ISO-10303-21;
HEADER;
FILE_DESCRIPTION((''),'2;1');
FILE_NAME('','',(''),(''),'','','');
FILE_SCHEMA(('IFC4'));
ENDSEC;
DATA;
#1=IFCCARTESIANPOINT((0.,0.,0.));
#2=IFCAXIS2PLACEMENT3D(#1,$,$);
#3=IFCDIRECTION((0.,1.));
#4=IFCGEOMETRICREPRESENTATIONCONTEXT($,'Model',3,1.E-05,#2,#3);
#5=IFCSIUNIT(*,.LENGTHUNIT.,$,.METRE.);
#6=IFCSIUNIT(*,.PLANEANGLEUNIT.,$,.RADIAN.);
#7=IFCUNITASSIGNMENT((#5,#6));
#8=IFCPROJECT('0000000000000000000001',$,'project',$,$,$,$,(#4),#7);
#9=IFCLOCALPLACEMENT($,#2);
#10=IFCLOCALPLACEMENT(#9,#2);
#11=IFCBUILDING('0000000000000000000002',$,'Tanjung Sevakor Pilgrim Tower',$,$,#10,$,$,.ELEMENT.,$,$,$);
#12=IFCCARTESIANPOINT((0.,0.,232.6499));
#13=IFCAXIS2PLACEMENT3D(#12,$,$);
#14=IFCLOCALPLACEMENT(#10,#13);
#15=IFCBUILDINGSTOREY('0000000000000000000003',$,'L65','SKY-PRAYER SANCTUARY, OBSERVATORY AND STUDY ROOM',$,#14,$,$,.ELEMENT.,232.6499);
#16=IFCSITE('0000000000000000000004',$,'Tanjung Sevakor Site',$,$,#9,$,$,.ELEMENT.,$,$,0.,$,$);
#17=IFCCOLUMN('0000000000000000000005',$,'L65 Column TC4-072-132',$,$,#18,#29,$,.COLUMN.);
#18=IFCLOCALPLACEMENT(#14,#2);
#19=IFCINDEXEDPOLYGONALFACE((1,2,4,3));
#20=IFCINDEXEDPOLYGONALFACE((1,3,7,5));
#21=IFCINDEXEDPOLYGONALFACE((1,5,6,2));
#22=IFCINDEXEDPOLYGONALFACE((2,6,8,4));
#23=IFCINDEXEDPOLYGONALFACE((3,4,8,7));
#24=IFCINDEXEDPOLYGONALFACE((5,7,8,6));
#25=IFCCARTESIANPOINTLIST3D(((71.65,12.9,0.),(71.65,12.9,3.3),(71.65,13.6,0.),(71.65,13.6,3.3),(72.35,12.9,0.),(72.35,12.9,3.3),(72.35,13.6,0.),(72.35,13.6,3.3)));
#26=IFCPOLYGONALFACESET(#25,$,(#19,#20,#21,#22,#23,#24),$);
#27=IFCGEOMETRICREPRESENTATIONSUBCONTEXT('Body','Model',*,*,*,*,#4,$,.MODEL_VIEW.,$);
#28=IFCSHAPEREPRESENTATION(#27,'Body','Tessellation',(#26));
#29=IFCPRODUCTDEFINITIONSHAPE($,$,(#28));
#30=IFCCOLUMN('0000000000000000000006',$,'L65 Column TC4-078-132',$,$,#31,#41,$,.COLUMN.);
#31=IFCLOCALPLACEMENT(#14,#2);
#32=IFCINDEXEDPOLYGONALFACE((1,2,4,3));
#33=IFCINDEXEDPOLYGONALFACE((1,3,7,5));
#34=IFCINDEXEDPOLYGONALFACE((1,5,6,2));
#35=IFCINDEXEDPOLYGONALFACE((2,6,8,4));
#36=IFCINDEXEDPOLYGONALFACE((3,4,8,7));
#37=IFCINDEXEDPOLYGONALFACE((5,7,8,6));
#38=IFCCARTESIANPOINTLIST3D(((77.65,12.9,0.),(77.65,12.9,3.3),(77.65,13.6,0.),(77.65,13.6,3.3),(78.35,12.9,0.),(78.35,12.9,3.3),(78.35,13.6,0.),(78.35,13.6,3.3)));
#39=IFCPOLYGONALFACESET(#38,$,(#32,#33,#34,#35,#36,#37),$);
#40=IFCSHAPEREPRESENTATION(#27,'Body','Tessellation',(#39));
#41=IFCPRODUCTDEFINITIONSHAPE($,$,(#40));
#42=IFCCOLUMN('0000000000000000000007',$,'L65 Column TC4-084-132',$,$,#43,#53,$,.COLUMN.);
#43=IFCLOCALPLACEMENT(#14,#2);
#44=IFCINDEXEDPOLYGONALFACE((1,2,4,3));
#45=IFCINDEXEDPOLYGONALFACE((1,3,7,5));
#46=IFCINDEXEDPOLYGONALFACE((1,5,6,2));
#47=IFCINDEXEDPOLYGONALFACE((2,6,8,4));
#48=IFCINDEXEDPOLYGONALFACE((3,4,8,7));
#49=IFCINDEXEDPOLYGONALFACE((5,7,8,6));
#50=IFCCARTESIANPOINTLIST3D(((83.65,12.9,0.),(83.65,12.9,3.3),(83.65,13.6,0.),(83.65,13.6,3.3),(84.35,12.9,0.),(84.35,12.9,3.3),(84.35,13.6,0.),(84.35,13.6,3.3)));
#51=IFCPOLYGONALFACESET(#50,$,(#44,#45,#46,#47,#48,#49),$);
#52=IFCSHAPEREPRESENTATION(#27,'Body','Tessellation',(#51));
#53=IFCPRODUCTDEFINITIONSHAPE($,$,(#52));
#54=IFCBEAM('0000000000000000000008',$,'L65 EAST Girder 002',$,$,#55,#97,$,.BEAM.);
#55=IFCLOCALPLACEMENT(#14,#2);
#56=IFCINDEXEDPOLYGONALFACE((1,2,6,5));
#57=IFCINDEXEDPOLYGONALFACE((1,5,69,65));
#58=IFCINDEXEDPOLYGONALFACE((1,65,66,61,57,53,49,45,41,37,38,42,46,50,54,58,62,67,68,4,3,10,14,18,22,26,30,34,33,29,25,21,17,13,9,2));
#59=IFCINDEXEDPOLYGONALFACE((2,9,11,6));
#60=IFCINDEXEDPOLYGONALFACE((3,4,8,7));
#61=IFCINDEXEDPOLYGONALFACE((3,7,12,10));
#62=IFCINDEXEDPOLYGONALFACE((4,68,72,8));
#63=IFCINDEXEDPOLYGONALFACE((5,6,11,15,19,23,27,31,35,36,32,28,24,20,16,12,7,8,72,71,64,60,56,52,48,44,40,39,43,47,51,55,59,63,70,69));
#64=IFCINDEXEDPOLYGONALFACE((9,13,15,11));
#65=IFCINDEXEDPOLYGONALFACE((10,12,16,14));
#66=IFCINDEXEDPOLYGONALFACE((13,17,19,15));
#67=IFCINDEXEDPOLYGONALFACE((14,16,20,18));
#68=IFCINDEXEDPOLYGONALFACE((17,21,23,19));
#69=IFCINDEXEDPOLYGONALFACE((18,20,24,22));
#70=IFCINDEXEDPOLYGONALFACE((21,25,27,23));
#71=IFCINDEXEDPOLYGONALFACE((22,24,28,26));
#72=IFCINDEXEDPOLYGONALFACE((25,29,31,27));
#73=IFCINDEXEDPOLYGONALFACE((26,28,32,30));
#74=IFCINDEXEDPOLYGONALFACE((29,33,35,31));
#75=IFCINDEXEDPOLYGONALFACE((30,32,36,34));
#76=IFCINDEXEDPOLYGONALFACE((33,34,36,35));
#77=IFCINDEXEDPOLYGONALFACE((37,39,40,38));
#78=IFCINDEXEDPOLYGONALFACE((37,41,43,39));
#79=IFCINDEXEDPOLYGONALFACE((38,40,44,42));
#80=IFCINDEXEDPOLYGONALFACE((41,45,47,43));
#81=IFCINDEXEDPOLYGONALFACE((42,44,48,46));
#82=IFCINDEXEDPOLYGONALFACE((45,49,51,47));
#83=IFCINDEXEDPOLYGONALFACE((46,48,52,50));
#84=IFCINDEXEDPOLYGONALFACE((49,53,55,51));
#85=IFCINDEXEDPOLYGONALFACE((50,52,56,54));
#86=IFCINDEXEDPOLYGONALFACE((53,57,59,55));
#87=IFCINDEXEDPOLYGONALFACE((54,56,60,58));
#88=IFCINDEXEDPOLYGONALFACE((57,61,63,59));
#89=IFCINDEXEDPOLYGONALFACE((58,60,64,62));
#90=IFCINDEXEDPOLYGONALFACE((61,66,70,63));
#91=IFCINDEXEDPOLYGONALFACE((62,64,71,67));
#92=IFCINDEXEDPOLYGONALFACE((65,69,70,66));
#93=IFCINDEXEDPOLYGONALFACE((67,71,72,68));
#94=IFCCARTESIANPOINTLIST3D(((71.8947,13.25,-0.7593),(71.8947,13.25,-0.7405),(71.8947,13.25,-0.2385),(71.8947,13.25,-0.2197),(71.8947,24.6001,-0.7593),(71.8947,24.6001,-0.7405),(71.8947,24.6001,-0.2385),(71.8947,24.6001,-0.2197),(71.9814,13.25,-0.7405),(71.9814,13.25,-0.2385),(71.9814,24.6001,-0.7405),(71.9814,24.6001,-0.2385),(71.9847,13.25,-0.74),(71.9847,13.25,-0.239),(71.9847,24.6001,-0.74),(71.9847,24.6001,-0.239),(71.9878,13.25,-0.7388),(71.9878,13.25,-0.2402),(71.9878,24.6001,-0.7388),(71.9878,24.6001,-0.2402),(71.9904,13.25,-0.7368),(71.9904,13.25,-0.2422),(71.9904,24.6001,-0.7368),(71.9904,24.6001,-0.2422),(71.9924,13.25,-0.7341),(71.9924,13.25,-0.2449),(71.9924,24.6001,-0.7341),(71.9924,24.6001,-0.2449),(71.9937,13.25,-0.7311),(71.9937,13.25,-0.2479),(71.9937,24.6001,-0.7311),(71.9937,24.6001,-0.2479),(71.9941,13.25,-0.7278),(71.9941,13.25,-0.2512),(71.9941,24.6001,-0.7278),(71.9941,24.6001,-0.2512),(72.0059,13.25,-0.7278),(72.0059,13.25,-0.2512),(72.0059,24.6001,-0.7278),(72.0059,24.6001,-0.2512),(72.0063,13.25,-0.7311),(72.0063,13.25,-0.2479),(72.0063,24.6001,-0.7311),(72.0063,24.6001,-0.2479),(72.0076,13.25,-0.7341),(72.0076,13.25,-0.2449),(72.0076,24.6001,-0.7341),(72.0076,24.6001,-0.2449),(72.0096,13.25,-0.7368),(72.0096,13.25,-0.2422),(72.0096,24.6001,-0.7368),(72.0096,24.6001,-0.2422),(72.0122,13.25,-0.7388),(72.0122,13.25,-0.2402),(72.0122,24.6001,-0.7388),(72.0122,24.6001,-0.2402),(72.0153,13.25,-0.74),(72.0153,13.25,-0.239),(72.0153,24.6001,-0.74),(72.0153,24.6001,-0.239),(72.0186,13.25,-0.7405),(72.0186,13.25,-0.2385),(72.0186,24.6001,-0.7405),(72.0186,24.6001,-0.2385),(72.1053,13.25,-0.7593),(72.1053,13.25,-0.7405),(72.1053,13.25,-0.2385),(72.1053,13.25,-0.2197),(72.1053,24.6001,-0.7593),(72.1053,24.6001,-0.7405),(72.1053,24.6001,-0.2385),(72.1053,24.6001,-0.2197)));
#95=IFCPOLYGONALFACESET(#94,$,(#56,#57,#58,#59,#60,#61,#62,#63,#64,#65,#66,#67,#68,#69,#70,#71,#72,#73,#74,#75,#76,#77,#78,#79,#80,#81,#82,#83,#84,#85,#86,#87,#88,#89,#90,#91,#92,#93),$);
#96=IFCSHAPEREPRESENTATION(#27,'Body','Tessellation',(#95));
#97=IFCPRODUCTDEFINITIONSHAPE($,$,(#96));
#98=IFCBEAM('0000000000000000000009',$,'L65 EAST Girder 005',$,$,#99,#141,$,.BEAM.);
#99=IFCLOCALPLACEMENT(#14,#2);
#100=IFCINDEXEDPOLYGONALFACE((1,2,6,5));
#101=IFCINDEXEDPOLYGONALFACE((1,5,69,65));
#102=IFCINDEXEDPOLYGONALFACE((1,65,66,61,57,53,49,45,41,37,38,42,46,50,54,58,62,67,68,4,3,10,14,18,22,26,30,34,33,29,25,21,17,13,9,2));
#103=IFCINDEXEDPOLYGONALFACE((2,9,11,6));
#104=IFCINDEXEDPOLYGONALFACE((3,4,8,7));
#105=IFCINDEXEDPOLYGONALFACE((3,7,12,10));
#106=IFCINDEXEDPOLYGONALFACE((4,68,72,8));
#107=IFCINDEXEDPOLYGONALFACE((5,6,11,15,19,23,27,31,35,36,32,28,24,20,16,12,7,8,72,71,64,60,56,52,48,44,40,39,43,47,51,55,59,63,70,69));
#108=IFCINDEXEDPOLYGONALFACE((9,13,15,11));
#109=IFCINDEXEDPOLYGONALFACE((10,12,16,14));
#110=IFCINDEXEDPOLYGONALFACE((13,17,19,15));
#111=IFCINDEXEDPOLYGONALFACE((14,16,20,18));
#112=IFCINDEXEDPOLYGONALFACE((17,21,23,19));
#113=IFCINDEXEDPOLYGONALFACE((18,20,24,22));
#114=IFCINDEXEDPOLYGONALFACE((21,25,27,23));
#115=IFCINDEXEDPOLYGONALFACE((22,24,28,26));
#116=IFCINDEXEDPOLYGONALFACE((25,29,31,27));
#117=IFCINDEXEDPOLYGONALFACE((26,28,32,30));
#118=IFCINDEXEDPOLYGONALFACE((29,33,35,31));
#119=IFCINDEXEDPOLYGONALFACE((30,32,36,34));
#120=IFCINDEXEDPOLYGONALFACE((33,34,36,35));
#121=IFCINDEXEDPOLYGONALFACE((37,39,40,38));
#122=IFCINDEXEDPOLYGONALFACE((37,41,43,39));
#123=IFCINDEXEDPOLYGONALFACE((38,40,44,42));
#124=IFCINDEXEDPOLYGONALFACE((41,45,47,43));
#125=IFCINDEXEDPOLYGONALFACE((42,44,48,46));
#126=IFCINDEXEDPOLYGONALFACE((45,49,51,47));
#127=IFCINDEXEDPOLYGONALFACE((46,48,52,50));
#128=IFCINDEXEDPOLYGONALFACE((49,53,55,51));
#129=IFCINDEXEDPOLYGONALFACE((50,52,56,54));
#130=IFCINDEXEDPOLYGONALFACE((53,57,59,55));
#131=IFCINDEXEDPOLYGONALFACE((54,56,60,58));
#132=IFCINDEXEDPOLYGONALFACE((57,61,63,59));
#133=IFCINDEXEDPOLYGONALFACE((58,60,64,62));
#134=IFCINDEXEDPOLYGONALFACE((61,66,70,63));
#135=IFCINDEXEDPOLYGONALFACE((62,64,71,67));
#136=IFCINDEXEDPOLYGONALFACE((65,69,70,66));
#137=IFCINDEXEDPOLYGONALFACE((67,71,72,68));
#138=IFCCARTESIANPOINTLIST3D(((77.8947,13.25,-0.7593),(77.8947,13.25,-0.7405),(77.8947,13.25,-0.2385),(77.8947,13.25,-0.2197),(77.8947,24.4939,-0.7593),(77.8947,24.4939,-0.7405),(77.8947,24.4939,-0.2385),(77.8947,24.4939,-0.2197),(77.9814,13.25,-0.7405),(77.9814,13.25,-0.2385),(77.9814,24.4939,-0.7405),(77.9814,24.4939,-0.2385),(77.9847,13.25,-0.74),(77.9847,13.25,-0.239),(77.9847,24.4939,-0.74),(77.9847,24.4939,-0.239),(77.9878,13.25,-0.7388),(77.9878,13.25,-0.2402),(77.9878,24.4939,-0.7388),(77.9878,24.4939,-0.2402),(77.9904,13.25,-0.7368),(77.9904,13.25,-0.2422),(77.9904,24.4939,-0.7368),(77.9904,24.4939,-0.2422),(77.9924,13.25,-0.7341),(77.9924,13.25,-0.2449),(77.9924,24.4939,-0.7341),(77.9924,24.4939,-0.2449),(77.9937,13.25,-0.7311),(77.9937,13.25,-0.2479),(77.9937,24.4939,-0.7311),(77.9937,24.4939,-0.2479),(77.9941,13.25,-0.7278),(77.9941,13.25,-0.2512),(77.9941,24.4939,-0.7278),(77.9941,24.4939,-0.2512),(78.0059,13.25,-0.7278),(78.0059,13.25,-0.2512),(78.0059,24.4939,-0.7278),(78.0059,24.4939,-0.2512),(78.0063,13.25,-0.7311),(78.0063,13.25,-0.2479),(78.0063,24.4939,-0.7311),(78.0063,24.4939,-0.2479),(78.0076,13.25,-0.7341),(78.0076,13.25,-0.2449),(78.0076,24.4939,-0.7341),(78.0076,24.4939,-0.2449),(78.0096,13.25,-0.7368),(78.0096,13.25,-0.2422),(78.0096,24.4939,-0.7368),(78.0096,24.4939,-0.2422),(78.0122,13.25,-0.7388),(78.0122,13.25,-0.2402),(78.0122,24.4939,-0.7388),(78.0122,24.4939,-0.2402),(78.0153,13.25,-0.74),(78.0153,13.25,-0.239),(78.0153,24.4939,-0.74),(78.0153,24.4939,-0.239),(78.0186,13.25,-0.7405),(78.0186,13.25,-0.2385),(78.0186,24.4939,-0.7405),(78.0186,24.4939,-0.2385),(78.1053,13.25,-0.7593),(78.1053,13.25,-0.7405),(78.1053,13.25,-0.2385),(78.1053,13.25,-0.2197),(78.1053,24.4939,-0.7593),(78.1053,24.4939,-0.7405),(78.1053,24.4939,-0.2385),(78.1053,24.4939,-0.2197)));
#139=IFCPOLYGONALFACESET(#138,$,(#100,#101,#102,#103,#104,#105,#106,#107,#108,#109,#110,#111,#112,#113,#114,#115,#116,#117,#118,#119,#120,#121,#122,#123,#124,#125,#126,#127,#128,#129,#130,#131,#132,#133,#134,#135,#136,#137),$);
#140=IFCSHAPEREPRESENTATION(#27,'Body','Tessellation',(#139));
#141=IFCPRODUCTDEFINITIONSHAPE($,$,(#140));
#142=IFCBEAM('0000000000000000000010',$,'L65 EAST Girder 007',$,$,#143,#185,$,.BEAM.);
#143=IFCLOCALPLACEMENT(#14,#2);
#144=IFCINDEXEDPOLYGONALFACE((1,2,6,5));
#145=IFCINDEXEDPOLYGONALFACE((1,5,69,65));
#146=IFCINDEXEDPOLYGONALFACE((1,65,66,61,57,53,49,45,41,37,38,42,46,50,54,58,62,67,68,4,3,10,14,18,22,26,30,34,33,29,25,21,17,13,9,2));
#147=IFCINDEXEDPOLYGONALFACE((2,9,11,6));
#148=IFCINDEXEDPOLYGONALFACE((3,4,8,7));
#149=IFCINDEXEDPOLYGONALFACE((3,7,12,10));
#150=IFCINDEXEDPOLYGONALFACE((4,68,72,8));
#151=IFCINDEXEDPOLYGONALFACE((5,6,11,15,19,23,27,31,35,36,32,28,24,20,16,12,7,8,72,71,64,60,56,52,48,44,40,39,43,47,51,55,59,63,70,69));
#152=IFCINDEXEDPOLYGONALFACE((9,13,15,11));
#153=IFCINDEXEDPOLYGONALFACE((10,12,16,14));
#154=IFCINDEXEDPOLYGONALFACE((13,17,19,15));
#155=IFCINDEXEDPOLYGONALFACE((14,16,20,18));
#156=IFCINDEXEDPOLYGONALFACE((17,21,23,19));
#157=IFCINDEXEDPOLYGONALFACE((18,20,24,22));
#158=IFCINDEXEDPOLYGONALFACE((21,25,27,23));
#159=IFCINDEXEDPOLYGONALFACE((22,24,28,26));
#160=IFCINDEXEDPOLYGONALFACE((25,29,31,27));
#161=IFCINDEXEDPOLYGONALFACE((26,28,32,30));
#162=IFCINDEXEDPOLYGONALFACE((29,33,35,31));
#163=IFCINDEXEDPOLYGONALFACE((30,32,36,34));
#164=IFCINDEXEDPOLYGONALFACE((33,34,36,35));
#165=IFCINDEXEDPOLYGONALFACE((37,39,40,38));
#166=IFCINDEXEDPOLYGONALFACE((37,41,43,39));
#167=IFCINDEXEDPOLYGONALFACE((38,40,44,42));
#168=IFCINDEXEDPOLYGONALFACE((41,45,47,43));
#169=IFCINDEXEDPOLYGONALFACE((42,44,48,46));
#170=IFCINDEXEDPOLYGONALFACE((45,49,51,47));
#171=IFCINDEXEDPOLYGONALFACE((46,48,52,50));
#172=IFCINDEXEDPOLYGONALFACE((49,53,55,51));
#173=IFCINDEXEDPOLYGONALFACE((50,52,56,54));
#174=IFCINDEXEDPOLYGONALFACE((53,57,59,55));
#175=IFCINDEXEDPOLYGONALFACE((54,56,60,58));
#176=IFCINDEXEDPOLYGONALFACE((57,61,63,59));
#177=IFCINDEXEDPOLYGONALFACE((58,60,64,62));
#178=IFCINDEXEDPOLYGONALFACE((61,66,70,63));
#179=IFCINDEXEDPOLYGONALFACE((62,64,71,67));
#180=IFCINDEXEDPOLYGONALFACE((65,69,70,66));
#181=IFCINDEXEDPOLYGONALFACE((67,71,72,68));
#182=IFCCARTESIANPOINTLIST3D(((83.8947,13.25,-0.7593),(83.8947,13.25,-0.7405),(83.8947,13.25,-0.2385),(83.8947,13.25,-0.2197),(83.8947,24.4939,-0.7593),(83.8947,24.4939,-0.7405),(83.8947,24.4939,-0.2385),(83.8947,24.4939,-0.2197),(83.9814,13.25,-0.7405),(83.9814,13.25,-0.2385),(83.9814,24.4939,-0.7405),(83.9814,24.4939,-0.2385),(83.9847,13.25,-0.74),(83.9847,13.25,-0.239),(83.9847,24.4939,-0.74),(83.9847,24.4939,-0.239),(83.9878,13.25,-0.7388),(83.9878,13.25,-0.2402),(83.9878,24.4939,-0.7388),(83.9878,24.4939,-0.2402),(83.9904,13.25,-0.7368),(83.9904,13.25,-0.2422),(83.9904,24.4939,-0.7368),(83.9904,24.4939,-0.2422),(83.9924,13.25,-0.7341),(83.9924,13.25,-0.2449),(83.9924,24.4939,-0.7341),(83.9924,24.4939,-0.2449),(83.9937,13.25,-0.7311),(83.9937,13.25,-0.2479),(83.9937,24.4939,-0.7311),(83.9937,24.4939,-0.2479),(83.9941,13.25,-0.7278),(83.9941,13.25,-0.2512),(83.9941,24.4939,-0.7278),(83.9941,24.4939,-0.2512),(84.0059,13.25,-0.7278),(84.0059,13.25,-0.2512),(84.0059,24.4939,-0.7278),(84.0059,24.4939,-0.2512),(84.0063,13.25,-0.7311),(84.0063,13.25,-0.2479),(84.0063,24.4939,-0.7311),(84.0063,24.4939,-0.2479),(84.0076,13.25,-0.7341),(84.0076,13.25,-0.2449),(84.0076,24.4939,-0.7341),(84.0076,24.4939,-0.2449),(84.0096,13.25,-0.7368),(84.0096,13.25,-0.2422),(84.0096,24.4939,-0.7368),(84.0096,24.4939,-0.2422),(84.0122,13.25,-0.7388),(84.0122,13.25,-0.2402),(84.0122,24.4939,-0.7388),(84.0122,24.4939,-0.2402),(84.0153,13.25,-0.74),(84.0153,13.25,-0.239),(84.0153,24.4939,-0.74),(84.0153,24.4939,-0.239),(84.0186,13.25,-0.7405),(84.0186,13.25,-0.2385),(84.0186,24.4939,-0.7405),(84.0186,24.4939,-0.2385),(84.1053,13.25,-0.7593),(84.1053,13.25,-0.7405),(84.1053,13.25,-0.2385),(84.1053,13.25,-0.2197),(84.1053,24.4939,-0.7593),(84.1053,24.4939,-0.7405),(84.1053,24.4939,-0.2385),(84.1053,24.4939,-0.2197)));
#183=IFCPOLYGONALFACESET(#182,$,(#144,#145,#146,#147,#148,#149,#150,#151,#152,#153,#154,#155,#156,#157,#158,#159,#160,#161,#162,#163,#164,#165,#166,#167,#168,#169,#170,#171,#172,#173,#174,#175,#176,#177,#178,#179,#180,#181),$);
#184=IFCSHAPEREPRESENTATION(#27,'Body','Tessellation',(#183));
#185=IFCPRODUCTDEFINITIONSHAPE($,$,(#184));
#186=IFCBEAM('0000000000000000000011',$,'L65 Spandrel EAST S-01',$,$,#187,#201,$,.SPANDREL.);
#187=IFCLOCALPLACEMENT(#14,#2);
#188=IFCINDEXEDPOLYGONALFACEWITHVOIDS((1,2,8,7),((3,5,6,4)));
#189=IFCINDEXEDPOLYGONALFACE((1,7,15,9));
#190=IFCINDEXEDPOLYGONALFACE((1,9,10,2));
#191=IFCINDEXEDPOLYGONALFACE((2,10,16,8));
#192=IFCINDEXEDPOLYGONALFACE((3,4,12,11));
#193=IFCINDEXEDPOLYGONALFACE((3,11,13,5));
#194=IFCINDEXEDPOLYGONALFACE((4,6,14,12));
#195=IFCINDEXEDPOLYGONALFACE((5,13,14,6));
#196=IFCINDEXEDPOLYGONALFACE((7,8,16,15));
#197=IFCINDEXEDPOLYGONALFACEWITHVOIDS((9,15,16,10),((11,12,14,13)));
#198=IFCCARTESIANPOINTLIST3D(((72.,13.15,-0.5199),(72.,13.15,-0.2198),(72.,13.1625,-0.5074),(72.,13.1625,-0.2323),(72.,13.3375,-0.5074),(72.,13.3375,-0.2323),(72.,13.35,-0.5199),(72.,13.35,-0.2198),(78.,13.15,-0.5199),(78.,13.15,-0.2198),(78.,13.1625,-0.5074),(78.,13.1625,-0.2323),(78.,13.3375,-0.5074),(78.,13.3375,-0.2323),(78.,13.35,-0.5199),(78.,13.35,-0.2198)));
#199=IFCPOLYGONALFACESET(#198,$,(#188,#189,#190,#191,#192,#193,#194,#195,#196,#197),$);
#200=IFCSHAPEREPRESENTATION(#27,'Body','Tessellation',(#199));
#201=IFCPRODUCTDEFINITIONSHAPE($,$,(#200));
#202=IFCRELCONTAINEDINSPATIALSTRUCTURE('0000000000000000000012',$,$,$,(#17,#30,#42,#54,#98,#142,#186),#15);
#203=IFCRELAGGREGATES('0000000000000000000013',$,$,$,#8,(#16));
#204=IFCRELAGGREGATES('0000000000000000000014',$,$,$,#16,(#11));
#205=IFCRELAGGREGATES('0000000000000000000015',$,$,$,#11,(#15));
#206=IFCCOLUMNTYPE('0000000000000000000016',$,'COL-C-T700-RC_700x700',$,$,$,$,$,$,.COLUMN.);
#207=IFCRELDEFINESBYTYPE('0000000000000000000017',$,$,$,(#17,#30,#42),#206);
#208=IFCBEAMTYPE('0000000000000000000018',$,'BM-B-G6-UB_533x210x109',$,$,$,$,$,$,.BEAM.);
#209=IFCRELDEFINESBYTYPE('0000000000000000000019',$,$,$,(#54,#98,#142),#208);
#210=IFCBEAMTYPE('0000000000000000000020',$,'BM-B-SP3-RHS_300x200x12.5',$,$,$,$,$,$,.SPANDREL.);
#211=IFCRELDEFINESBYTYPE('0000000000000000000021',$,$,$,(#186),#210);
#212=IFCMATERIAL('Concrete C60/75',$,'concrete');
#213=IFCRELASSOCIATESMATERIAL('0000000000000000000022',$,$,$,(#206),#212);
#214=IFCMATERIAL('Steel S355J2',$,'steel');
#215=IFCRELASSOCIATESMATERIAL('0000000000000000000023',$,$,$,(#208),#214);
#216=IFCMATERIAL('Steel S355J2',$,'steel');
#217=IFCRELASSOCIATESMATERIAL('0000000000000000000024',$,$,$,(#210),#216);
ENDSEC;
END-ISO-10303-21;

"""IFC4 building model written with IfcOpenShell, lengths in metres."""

from ifc_helpers import new_model, si_unit, direction, frame, origin, origin_2d, place, context, subcontext, project, spatial, rectangle, hollow_rectangle, i_section, extrude, material, material_profile, profile_set, type_object, element, save


model = new_model("IFC4")

# Units and contexts
model_context = context("Model", 3, precision=1e-05, world=origin(), true_north=direction((0.0, 1.0)))
body_context = subcontext(model_context, "Body", "Model", "MODEL_VIEW")
ifc_project = project(units=[si_unit("LENGTHUNIT", "METRE"), si_unit("PLANEANGLEUNIT", "RADIAN")], contexts=[model_context])

# Site, building, storey
site_placement = place(None, origin())
site = spatial("IfcSite", under=ifc_project, at=site_placement, Name="Tanjung Sevakor Site", CompositionType="ELEMENT", RefElevation=0.0)
building_placement = place(site_placement, origin())
building = spatial("IfcBuilding", under=site, at=building_placement, Name="Tanjung Sevakor Pilgrim Tower", CompositionType="ELEMENT")
storey_placement = place(building_placement, frame((0.0, 0.0, 232.6499)))
storey = spatial("IfcBuildingStorey", under=building, at=storey_placement, Name="L65", Description="SKY-PRAYER SANCTUARY, OBSERVATORY AND STUDY ROOM", CompositionType="ELEMENT", Elevation=232.6499)

# Columns
ifc_material_1 = material(Name="Concrete C60/75", Category="concrete")
ifc_material_profile_1 = material_profile(ifc_material_1, rectangle(XDim=0.7, YDim=0.7, at=origin_2d()))
ifc_profile_set_1 = profile_set([ifc_material_profile_1], Name="Concrete C60/75")
column_type = type_object("IfcColumnType", Name="COL-C-T700-RC_700x700", PredefinedType="COLUMN", material=ifc_profile_set_1)
for number, where, z_axis, x_axis, name in (
    (1, (72.0, 13.25, 0.0), (0.0, 0.0, 1.0), (1.0, 0.0, 0.0), "L65 Column TC4-072-132"),
    (2, (78.0, 13.25, 0.0), (0.0, 0.0, 1.0), (1.0, 0.0, 0.0), "L65 Column TC4-078-132"),
    (3, (84.0, 13.25, 0.0), (0.0, 0.0, 1.0), (1.0, 0.0, 0.0), "L65 Column TC4-084-132"),
):
    element("IfcColumn", number, at=place(storey_placement, frame(where, z_axis=z_axis, x_axis=x_axis)), inside=storey, type_object=column_type, Name=name, PredefinedType="COLUMN", context=body_context, shape_type="SweptSolid", body=[
        extrude(rectangle(XDim=0.7, YDim=0.7, at=origin_2d()), origin(), (0.0, 0.0, 1.0), 3.3),
    ])

# Beams
ifc_material_2 = material(Name="Steel S355J2", Category="steel")
ifc_material_profile_2 = material_profile(ifc_material_2, i_section(OverallWidth=0.2107, OverallDepth=0.5396, WebThickness=0.0117, FlangeThickness=0.0188, FilletRadius=0.0127, at=origin_2d()))
ifc_profile_set_2 = profile_set([ifc_material_profile_2], Name="Steel S355J2")
beam_type_1 = type_object("IfcBeamType", Name="BM-B-G6-UB_533x210x109", PredefinedType="BEAM", material=ifc_profile_set_2)
beam_placement = place(storey_placement, frame((72.0, 13.25, -0.4895), z_axis=(0.0, 1.0, 0.0), x_axis=(-1.0, 0.0, 0.0)))
element("IfcBeam", 4, at=beam_placement, inside=storey, type_object=beam_type_1, Name="L65 EAST Girder 002", PredefinedType="BEAM", context=body_context, shape_type="SweptSolid", body=[
    extrude(i_section(OverallWidth=0.2107, OverallDepth=0.5396, WebThickness=0.0117, FlangeThickness=0.0188, FilletRadius=0.0127, at=origin_2d()), origin(), (0.0, 0.0, 1.0), 11.3501),
])
for number, where, z_axis, x_axis, name in (
    (5, (78.0, 13.25, -0.4895), (0.0, 1.0, 0.0), (-1.0, 0.0, 0.0), "L65 EAST Girder 005"),
    (6, (84.0, 13.25, -0.4895), (0.0, 1.0, 0.0), (-1.0, 0.0, 0.0), "L65 EAST Girder 007"),
):
    element("IfcBeam", number, at=place(storey_placement, frame(where, z_axis=z_axis, x_axis=x_axis)), inside=storey, type_object=beam_type_1, Name=name, PredefinedType="BEAM", context=body_context, shape_type="SweptSolid", body=[
        extrude(i_section(OverallWidth=0.2107, OverallDepth=0.5396, WebThickness=0.0117, FlangeThickness=0.0188, FilletRadius=0.0127, at=origin_2d()), origin(), (0.0, 0.0, 1.0), 11.2439),
    ])
ifc_material_3 = material(Name="Steel S355J2", Category="steel")
ifc_material_profile_3 = material_profile(ifc_material_3, hollow_rectangle(XDim=0.2, YDim=0.3, WallThickness=0.0125, at=origin_2d()))
ifc_profile_set_3 = profile_set([ifc_material_profile_3], Name="Steel S355J2")
beam_type_2 = type_object("IfcBeamType", Name="BM-B-SP3-RHS_300x200x12.5", PredefinedType="SPANDREL", material=ifc_profile_set_3)
for number, where, z_axis, x_axis, name in (
    (7, (72.0, 13.25, -0.3699), (1.0, 0.0, 0.0), (0.0, 1.0, 0.0), "L65 Spandrel EAST S-01"),
):
    element("IfcBeam", number, at=place(storey_placement, frame(where, z_axis=z_axis, x_axis=x_axis)), inside=storey, type_object=beam_type_2, Name=name, PredefinedType="SPANDREL", context=body_context, shape_type="SweptSolid", body=[
        extrude(hollow_rectangle(XDim=0.2, YDim=0.3, WallThickness=0.0125, at=origin_2d()), origin(), (0.0, 0.0, 1.0), 6.0),
    ])

save(model, "model.ifc")
